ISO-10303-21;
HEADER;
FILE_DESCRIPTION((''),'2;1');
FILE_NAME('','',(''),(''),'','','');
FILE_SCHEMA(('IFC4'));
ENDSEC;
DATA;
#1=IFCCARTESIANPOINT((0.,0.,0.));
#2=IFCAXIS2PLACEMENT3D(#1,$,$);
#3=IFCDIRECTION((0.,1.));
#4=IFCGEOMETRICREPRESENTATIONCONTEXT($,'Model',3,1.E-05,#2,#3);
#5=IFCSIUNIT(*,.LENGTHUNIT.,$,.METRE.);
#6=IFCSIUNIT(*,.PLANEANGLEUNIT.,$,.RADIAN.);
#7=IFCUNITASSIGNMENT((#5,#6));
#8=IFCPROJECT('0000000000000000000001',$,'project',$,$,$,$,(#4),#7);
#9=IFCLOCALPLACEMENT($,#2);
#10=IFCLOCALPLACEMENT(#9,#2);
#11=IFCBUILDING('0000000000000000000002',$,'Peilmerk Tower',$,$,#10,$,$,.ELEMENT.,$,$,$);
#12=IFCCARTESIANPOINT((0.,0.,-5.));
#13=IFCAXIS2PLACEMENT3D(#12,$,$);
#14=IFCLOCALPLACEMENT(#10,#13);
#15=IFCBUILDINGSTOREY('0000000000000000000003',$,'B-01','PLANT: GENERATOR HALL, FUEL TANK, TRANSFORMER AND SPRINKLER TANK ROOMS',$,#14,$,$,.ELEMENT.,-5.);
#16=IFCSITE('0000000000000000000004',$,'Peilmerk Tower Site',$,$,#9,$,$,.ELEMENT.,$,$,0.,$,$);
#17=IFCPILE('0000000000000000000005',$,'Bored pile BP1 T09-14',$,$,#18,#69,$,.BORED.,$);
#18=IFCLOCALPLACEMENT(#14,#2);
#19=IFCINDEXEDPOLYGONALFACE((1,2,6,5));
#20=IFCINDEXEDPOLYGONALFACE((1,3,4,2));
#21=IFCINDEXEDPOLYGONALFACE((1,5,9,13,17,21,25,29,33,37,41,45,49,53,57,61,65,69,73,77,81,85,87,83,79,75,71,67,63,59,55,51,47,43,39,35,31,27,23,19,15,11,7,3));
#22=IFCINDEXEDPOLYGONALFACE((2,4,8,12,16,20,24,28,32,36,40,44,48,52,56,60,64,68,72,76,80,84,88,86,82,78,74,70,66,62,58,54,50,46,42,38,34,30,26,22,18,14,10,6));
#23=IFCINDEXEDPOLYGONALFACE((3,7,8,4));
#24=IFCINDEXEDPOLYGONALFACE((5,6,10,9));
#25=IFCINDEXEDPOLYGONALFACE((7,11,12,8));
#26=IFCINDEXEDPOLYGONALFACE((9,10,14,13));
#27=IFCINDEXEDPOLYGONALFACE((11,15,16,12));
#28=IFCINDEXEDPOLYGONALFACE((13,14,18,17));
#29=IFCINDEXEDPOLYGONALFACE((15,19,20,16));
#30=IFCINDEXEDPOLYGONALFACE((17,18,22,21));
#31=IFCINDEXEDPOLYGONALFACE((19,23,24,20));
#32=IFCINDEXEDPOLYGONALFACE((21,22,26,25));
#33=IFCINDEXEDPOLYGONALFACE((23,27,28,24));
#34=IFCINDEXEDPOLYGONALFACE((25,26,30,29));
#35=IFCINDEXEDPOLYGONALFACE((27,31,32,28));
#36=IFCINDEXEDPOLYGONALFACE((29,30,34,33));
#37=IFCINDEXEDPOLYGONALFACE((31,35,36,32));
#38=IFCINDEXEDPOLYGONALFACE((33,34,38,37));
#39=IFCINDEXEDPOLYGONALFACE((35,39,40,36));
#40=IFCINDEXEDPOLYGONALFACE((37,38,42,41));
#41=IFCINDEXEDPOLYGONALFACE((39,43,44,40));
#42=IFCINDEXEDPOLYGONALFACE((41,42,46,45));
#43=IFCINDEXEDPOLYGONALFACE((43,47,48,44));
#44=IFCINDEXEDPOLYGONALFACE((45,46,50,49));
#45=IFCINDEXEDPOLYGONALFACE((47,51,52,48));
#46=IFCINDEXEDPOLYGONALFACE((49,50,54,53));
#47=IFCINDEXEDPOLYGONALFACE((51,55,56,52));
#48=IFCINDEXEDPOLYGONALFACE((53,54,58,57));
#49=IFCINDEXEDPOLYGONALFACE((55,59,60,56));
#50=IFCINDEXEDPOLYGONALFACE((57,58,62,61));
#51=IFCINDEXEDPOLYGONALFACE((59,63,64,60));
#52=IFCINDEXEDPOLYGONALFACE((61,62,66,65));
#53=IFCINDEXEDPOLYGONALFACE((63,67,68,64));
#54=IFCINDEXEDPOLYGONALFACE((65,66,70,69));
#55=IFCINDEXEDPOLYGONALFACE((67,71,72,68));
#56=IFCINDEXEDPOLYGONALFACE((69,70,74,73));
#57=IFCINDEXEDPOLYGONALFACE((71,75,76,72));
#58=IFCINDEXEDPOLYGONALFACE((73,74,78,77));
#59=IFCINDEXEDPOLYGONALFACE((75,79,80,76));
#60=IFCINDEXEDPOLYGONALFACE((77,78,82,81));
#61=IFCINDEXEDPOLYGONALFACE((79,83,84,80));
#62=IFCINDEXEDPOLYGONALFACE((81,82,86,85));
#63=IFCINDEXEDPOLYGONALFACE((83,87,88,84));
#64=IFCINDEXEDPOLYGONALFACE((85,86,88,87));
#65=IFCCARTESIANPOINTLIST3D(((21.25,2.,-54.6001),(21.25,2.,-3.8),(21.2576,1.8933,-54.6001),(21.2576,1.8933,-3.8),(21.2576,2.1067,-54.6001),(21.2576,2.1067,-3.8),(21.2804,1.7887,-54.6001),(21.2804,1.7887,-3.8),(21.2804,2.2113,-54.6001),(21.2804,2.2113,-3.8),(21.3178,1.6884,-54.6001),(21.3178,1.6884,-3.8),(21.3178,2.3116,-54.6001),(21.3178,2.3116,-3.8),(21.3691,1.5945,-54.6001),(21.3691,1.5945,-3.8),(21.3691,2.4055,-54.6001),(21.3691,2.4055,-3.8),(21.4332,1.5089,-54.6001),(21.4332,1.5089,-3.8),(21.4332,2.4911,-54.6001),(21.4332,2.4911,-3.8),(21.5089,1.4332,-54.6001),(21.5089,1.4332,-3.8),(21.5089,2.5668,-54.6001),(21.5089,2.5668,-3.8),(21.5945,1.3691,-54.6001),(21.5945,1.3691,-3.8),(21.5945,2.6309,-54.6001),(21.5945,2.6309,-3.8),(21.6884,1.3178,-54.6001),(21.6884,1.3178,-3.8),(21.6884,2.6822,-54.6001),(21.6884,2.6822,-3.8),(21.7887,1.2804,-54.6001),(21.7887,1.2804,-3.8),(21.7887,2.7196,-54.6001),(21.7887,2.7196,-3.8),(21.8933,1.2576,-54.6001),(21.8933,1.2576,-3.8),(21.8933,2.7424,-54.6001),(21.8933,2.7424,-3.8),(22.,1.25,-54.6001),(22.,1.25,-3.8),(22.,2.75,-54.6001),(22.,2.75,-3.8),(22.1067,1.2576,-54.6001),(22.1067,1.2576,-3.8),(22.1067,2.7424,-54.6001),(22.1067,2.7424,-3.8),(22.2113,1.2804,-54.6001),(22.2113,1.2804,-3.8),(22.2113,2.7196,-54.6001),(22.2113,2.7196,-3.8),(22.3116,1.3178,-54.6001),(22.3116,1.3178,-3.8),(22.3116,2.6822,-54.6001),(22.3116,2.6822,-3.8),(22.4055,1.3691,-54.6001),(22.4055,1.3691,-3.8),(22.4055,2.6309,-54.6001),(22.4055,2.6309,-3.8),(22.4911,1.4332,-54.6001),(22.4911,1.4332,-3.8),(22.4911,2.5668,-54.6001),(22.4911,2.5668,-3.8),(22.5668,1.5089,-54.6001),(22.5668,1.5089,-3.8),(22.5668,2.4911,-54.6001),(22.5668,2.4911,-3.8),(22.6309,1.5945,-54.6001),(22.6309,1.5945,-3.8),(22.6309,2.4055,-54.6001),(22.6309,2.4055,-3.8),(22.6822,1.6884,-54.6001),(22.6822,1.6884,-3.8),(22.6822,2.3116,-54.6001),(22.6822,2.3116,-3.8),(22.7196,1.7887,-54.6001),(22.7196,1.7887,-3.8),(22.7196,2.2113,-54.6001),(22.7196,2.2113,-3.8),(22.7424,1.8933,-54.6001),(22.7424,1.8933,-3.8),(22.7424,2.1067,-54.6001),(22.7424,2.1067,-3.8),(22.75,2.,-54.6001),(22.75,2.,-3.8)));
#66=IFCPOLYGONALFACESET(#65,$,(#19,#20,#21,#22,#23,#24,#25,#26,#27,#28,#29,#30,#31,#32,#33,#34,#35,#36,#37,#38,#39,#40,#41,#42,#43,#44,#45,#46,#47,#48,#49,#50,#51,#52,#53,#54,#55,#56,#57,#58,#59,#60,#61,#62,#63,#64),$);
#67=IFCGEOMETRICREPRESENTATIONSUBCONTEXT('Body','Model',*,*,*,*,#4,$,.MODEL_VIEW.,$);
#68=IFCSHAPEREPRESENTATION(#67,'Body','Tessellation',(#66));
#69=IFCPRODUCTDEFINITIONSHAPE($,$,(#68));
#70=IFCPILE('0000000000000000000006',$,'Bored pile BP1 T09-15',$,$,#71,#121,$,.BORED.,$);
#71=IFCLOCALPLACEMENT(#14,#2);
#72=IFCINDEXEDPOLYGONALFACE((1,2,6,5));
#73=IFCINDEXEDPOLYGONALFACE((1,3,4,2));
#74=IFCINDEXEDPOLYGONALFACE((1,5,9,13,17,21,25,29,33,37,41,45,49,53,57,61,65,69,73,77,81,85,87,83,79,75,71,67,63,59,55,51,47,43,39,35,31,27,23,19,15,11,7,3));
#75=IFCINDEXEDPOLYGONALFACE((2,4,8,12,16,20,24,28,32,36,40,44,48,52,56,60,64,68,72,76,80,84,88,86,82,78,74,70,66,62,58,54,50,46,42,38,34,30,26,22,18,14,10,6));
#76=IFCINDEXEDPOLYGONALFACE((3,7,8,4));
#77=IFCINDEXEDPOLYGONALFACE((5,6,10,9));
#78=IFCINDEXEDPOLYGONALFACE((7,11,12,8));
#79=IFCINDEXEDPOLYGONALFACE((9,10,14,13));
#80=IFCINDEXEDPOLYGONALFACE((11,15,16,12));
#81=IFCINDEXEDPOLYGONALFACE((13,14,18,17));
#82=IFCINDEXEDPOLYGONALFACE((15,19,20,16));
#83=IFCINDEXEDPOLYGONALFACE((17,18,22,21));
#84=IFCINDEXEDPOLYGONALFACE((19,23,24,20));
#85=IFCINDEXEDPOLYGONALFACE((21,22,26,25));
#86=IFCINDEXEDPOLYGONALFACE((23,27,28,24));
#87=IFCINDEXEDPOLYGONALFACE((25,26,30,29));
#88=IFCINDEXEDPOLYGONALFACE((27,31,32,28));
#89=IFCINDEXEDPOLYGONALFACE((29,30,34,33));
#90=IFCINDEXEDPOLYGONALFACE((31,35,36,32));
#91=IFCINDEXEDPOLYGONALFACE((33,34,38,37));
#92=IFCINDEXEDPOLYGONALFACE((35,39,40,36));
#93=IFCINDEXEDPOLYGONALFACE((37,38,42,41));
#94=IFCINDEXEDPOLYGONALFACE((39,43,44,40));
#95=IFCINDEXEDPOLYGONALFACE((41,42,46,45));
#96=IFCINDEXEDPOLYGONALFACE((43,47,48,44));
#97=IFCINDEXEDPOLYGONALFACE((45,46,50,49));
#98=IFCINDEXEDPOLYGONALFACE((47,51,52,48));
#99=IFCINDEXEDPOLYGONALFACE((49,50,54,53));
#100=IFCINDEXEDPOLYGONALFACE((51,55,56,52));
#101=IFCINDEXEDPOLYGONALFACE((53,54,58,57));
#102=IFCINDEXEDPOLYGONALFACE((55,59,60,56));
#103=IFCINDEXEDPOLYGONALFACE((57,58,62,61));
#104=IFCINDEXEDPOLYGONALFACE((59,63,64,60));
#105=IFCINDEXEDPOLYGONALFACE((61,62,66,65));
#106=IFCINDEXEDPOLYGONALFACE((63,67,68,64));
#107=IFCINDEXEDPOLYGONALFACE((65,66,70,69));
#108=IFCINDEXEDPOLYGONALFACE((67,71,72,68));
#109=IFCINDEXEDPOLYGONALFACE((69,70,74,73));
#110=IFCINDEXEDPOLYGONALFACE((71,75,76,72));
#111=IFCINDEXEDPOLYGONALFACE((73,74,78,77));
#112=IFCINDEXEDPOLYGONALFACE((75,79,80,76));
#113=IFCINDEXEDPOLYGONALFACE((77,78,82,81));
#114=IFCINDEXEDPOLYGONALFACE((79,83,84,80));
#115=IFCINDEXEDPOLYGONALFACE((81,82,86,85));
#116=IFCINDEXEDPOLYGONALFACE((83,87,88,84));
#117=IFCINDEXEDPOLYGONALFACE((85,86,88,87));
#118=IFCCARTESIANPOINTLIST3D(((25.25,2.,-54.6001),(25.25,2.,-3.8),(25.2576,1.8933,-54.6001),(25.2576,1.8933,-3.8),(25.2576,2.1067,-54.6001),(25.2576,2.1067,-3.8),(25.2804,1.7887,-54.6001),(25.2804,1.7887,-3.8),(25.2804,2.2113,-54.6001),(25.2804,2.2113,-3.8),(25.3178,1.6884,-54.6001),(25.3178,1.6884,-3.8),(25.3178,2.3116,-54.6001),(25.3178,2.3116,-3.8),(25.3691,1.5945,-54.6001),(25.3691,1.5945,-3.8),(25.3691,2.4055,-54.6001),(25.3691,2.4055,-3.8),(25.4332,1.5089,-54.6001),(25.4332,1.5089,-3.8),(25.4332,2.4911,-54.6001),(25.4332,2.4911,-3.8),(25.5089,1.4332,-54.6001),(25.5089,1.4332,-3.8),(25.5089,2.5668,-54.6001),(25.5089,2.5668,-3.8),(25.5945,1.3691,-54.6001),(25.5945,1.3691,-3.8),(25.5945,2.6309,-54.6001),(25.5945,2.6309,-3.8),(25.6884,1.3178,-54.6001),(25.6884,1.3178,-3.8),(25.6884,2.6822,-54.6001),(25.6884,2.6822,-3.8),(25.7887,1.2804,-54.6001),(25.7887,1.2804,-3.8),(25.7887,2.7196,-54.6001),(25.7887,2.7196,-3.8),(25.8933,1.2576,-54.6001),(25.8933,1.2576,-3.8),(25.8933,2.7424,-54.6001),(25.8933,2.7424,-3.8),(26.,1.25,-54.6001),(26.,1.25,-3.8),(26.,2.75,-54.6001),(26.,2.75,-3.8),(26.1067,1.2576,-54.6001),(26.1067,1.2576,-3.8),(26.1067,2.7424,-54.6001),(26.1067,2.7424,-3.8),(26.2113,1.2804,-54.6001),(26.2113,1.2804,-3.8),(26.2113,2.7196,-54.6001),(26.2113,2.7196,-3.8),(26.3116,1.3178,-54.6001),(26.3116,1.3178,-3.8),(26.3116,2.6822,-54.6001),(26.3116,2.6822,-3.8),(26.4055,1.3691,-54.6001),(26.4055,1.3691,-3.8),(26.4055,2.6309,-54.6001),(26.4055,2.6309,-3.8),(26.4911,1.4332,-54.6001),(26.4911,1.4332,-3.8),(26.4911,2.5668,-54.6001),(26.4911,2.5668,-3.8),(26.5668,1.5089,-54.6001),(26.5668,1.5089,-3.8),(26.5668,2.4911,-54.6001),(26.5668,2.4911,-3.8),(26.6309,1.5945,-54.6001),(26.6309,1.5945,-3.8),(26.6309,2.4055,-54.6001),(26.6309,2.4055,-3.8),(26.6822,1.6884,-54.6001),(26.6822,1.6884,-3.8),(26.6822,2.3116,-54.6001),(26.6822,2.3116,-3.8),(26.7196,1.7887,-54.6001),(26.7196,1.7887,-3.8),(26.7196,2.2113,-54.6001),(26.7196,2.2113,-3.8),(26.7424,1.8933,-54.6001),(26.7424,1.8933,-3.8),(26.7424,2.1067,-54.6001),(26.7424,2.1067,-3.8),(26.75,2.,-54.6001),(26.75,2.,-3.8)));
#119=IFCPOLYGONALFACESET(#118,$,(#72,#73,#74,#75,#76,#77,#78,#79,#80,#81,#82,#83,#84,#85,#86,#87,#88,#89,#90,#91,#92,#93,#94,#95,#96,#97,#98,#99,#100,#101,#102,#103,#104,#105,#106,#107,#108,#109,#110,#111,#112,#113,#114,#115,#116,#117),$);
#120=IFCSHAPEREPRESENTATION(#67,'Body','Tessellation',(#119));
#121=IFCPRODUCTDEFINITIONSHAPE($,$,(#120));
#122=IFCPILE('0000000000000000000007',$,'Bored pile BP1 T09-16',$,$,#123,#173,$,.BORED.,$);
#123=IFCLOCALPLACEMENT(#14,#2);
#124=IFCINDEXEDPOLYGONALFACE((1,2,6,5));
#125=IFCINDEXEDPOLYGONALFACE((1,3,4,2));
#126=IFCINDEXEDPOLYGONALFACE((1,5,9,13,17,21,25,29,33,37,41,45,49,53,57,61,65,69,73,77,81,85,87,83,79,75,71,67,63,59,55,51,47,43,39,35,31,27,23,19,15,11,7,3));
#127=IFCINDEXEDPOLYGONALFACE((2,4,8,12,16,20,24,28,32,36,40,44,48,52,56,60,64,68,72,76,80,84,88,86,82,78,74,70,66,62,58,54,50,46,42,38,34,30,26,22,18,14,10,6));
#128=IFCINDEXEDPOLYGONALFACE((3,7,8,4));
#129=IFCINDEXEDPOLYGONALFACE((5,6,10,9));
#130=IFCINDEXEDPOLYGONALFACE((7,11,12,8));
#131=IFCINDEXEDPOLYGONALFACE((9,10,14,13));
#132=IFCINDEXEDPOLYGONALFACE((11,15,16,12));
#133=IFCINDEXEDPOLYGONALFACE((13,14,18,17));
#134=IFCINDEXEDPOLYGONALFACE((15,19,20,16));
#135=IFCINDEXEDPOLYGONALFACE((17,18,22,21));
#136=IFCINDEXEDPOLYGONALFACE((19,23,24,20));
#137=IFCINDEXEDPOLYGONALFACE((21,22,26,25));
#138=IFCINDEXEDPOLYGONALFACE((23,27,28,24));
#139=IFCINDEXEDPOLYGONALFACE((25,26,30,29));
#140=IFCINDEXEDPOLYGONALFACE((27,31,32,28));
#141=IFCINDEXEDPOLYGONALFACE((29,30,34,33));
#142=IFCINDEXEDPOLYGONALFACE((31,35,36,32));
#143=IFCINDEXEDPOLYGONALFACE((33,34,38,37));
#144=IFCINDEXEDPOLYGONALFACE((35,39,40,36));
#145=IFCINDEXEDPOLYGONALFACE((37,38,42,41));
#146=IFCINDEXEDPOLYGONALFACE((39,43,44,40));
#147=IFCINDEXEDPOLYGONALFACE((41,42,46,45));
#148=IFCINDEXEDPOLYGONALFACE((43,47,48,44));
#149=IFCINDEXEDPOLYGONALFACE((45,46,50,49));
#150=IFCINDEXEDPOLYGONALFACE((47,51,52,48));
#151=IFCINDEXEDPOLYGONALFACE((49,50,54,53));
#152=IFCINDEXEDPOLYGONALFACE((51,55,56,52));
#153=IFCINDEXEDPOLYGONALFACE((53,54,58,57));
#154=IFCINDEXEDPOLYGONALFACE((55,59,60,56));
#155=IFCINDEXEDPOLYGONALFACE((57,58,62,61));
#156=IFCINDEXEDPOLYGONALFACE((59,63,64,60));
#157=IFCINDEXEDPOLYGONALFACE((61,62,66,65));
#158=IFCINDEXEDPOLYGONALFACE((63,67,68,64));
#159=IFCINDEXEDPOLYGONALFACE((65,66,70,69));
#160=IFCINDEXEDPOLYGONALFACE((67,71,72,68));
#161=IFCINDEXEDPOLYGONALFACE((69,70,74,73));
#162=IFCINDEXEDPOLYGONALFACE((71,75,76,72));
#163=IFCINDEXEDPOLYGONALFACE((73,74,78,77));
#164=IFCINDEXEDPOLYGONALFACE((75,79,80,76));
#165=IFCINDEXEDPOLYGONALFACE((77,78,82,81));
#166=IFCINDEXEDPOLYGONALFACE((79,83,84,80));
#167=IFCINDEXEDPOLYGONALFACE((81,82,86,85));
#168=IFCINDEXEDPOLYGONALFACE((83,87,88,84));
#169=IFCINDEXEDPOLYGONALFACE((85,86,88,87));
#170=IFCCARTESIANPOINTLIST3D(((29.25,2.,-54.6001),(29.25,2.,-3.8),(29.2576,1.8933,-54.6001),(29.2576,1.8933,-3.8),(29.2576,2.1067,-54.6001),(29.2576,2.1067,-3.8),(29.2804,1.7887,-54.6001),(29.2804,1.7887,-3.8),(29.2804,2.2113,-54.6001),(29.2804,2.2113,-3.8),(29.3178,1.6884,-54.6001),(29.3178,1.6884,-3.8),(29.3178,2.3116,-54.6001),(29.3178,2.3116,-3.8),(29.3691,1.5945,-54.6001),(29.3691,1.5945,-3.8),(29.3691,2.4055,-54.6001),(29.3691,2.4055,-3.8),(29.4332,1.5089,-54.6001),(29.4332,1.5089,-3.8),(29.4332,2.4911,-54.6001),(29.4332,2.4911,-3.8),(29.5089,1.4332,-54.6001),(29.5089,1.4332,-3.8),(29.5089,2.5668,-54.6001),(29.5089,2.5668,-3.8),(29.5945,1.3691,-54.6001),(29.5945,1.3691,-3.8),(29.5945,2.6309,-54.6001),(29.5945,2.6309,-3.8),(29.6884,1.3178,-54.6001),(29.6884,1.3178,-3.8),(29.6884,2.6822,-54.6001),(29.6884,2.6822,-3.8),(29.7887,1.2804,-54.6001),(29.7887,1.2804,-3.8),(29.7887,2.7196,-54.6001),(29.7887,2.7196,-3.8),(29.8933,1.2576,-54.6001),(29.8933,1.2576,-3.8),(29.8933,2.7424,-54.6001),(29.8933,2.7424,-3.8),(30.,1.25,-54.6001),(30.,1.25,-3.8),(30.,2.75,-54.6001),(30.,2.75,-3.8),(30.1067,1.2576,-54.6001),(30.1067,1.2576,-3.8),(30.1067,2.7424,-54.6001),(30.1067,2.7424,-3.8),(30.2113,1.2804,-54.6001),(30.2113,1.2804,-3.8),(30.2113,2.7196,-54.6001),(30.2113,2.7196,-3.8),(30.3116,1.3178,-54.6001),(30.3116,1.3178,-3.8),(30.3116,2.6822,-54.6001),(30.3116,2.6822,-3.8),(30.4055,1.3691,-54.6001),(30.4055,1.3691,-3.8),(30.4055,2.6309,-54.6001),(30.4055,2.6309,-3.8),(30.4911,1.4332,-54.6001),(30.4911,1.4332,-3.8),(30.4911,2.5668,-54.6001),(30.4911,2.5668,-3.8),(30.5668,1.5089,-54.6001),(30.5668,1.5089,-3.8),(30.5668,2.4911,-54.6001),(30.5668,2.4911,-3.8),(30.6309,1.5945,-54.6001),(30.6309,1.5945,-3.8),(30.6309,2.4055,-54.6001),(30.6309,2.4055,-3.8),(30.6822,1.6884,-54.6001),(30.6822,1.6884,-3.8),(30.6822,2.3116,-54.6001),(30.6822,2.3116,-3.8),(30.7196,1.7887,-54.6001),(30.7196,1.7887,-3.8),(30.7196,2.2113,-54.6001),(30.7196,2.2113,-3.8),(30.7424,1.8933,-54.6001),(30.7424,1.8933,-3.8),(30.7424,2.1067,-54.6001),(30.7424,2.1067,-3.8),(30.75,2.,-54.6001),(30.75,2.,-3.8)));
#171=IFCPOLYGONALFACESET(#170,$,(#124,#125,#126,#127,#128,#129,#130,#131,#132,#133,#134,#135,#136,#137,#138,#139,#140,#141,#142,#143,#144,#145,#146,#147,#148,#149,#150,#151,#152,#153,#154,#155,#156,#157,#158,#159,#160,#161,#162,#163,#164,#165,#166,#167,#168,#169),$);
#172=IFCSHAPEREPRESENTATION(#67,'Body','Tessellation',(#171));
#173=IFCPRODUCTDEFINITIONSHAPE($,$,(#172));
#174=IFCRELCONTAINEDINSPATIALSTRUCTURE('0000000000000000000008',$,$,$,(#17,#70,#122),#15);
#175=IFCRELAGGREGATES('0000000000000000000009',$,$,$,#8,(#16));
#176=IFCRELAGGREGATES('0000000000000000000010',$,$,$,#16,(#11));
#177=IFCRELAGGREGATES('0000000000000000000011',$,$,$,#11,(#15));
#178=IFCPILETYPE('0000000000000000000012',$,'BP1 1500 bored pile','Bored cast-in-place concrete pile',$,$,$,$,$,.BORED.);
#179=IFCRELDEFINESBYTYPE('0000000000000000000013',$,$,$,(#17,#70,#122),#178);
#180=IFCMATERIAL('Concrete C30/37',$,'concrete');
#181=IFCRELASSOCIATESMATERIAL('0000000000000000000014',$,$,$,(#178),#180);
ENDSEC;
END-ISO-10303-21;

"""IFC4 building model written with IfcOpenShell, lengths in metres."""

from ifc_helpers import new_model, si_unit, direction, frame, origin, origin_2d, place, context, subcontext, project, spatial, circle, extrude, material, material_profile, profile_set, type_object, element, save


model = new_model("IFC4")

# Units and contexts
model_context = context("Model", 3, precision=1e-05, world=origin(), true_north=direction((0.0, 1.0)))
body_context = subcontext(model_context, "Body", "Model", "MODEL_VIEW")
ifc_project = project(units=[si_unit("LENGTHUNIT", "METRE"), si_unit("PLANEANGLEUNIT", "RADIAN")], contexts=[model_context])

# Site, building, storey
site_placement = place(None, origin())
site = spatial("IfcSite", under=ifc_project, at=site_placement, Name="Peilmerk Tower Site", CompositionType="ELEMENT", RefElevation=0.0)
building_placement = place(site_placement, origin())
building = spatial("IfcBuilding", under=site, at=building_placement, Name="Peilmerk Tower", CompositionType="ELEMENT")
storey_placement = place(building_placement, frame((0.0, 0.0, -5.0)))
storey = spatial("IfcBuildingStorey", under=building, at=storey_placement, Name="B-01", Description="PLANT: GENERATOR HALL, FUEL TANK, TRANSFORMER AND SPRINKLER TANK ROOMS", CompositionType="ELEMENT", Elevation=-5.0)

# Piles
ifc_material_1 = material(Name="Concrete C30/37", Category="concrete")
ifc_material_profile_1 = material_profile(ifc_material_1, circle(Radius=0.75, at=origin_2d()), Name="BP 1500")
ifc_profile_set_1 = profile_set([ifc_material_profile_1], Name="Concrete C30/37")
pile_type_1 = type_object("IfcPileType", Name="BP1 1500 bored pile", Description="Bored cast-in-place concrete pile", PredefinedType="BORED", material=ifc_profile_set_1)
for number, where, z_axis, x_axis, name in (
    (1, (22.0, 2.0, -3.8), (0.0, 0.0, -1.0), (1.0, 0.0, 0.0), "Bored pile BP1 T09-14"),
    (2, (26.0, 2.0, -3.8), (0.0, 0.0, -1.0), (1.0, 0.0, 0.0), "Bored pile BP1 T09-15"),
    (3, (30.0, 2.0, -3.8), (0.0, 0.0, -1.0), (1.0, 0.0, 0.0), "Bored pile BP1 T09-16"),
):
    element("IfcPile", number, at=place(storey_placement, frame(where, z_axis=z_axis, x_axis=x_axis)), inside=storey, type_object=pile_type_1, Name=name, PredefinedType="BORED", context=body_context, shape_type="SweptSolid", body=[
        extrude(circle(Radius=0.75, at=origin_2d()), origin(), (0.0, 0.0, 1.0), 50.8),
    ])

save(model, "model.ifc")
